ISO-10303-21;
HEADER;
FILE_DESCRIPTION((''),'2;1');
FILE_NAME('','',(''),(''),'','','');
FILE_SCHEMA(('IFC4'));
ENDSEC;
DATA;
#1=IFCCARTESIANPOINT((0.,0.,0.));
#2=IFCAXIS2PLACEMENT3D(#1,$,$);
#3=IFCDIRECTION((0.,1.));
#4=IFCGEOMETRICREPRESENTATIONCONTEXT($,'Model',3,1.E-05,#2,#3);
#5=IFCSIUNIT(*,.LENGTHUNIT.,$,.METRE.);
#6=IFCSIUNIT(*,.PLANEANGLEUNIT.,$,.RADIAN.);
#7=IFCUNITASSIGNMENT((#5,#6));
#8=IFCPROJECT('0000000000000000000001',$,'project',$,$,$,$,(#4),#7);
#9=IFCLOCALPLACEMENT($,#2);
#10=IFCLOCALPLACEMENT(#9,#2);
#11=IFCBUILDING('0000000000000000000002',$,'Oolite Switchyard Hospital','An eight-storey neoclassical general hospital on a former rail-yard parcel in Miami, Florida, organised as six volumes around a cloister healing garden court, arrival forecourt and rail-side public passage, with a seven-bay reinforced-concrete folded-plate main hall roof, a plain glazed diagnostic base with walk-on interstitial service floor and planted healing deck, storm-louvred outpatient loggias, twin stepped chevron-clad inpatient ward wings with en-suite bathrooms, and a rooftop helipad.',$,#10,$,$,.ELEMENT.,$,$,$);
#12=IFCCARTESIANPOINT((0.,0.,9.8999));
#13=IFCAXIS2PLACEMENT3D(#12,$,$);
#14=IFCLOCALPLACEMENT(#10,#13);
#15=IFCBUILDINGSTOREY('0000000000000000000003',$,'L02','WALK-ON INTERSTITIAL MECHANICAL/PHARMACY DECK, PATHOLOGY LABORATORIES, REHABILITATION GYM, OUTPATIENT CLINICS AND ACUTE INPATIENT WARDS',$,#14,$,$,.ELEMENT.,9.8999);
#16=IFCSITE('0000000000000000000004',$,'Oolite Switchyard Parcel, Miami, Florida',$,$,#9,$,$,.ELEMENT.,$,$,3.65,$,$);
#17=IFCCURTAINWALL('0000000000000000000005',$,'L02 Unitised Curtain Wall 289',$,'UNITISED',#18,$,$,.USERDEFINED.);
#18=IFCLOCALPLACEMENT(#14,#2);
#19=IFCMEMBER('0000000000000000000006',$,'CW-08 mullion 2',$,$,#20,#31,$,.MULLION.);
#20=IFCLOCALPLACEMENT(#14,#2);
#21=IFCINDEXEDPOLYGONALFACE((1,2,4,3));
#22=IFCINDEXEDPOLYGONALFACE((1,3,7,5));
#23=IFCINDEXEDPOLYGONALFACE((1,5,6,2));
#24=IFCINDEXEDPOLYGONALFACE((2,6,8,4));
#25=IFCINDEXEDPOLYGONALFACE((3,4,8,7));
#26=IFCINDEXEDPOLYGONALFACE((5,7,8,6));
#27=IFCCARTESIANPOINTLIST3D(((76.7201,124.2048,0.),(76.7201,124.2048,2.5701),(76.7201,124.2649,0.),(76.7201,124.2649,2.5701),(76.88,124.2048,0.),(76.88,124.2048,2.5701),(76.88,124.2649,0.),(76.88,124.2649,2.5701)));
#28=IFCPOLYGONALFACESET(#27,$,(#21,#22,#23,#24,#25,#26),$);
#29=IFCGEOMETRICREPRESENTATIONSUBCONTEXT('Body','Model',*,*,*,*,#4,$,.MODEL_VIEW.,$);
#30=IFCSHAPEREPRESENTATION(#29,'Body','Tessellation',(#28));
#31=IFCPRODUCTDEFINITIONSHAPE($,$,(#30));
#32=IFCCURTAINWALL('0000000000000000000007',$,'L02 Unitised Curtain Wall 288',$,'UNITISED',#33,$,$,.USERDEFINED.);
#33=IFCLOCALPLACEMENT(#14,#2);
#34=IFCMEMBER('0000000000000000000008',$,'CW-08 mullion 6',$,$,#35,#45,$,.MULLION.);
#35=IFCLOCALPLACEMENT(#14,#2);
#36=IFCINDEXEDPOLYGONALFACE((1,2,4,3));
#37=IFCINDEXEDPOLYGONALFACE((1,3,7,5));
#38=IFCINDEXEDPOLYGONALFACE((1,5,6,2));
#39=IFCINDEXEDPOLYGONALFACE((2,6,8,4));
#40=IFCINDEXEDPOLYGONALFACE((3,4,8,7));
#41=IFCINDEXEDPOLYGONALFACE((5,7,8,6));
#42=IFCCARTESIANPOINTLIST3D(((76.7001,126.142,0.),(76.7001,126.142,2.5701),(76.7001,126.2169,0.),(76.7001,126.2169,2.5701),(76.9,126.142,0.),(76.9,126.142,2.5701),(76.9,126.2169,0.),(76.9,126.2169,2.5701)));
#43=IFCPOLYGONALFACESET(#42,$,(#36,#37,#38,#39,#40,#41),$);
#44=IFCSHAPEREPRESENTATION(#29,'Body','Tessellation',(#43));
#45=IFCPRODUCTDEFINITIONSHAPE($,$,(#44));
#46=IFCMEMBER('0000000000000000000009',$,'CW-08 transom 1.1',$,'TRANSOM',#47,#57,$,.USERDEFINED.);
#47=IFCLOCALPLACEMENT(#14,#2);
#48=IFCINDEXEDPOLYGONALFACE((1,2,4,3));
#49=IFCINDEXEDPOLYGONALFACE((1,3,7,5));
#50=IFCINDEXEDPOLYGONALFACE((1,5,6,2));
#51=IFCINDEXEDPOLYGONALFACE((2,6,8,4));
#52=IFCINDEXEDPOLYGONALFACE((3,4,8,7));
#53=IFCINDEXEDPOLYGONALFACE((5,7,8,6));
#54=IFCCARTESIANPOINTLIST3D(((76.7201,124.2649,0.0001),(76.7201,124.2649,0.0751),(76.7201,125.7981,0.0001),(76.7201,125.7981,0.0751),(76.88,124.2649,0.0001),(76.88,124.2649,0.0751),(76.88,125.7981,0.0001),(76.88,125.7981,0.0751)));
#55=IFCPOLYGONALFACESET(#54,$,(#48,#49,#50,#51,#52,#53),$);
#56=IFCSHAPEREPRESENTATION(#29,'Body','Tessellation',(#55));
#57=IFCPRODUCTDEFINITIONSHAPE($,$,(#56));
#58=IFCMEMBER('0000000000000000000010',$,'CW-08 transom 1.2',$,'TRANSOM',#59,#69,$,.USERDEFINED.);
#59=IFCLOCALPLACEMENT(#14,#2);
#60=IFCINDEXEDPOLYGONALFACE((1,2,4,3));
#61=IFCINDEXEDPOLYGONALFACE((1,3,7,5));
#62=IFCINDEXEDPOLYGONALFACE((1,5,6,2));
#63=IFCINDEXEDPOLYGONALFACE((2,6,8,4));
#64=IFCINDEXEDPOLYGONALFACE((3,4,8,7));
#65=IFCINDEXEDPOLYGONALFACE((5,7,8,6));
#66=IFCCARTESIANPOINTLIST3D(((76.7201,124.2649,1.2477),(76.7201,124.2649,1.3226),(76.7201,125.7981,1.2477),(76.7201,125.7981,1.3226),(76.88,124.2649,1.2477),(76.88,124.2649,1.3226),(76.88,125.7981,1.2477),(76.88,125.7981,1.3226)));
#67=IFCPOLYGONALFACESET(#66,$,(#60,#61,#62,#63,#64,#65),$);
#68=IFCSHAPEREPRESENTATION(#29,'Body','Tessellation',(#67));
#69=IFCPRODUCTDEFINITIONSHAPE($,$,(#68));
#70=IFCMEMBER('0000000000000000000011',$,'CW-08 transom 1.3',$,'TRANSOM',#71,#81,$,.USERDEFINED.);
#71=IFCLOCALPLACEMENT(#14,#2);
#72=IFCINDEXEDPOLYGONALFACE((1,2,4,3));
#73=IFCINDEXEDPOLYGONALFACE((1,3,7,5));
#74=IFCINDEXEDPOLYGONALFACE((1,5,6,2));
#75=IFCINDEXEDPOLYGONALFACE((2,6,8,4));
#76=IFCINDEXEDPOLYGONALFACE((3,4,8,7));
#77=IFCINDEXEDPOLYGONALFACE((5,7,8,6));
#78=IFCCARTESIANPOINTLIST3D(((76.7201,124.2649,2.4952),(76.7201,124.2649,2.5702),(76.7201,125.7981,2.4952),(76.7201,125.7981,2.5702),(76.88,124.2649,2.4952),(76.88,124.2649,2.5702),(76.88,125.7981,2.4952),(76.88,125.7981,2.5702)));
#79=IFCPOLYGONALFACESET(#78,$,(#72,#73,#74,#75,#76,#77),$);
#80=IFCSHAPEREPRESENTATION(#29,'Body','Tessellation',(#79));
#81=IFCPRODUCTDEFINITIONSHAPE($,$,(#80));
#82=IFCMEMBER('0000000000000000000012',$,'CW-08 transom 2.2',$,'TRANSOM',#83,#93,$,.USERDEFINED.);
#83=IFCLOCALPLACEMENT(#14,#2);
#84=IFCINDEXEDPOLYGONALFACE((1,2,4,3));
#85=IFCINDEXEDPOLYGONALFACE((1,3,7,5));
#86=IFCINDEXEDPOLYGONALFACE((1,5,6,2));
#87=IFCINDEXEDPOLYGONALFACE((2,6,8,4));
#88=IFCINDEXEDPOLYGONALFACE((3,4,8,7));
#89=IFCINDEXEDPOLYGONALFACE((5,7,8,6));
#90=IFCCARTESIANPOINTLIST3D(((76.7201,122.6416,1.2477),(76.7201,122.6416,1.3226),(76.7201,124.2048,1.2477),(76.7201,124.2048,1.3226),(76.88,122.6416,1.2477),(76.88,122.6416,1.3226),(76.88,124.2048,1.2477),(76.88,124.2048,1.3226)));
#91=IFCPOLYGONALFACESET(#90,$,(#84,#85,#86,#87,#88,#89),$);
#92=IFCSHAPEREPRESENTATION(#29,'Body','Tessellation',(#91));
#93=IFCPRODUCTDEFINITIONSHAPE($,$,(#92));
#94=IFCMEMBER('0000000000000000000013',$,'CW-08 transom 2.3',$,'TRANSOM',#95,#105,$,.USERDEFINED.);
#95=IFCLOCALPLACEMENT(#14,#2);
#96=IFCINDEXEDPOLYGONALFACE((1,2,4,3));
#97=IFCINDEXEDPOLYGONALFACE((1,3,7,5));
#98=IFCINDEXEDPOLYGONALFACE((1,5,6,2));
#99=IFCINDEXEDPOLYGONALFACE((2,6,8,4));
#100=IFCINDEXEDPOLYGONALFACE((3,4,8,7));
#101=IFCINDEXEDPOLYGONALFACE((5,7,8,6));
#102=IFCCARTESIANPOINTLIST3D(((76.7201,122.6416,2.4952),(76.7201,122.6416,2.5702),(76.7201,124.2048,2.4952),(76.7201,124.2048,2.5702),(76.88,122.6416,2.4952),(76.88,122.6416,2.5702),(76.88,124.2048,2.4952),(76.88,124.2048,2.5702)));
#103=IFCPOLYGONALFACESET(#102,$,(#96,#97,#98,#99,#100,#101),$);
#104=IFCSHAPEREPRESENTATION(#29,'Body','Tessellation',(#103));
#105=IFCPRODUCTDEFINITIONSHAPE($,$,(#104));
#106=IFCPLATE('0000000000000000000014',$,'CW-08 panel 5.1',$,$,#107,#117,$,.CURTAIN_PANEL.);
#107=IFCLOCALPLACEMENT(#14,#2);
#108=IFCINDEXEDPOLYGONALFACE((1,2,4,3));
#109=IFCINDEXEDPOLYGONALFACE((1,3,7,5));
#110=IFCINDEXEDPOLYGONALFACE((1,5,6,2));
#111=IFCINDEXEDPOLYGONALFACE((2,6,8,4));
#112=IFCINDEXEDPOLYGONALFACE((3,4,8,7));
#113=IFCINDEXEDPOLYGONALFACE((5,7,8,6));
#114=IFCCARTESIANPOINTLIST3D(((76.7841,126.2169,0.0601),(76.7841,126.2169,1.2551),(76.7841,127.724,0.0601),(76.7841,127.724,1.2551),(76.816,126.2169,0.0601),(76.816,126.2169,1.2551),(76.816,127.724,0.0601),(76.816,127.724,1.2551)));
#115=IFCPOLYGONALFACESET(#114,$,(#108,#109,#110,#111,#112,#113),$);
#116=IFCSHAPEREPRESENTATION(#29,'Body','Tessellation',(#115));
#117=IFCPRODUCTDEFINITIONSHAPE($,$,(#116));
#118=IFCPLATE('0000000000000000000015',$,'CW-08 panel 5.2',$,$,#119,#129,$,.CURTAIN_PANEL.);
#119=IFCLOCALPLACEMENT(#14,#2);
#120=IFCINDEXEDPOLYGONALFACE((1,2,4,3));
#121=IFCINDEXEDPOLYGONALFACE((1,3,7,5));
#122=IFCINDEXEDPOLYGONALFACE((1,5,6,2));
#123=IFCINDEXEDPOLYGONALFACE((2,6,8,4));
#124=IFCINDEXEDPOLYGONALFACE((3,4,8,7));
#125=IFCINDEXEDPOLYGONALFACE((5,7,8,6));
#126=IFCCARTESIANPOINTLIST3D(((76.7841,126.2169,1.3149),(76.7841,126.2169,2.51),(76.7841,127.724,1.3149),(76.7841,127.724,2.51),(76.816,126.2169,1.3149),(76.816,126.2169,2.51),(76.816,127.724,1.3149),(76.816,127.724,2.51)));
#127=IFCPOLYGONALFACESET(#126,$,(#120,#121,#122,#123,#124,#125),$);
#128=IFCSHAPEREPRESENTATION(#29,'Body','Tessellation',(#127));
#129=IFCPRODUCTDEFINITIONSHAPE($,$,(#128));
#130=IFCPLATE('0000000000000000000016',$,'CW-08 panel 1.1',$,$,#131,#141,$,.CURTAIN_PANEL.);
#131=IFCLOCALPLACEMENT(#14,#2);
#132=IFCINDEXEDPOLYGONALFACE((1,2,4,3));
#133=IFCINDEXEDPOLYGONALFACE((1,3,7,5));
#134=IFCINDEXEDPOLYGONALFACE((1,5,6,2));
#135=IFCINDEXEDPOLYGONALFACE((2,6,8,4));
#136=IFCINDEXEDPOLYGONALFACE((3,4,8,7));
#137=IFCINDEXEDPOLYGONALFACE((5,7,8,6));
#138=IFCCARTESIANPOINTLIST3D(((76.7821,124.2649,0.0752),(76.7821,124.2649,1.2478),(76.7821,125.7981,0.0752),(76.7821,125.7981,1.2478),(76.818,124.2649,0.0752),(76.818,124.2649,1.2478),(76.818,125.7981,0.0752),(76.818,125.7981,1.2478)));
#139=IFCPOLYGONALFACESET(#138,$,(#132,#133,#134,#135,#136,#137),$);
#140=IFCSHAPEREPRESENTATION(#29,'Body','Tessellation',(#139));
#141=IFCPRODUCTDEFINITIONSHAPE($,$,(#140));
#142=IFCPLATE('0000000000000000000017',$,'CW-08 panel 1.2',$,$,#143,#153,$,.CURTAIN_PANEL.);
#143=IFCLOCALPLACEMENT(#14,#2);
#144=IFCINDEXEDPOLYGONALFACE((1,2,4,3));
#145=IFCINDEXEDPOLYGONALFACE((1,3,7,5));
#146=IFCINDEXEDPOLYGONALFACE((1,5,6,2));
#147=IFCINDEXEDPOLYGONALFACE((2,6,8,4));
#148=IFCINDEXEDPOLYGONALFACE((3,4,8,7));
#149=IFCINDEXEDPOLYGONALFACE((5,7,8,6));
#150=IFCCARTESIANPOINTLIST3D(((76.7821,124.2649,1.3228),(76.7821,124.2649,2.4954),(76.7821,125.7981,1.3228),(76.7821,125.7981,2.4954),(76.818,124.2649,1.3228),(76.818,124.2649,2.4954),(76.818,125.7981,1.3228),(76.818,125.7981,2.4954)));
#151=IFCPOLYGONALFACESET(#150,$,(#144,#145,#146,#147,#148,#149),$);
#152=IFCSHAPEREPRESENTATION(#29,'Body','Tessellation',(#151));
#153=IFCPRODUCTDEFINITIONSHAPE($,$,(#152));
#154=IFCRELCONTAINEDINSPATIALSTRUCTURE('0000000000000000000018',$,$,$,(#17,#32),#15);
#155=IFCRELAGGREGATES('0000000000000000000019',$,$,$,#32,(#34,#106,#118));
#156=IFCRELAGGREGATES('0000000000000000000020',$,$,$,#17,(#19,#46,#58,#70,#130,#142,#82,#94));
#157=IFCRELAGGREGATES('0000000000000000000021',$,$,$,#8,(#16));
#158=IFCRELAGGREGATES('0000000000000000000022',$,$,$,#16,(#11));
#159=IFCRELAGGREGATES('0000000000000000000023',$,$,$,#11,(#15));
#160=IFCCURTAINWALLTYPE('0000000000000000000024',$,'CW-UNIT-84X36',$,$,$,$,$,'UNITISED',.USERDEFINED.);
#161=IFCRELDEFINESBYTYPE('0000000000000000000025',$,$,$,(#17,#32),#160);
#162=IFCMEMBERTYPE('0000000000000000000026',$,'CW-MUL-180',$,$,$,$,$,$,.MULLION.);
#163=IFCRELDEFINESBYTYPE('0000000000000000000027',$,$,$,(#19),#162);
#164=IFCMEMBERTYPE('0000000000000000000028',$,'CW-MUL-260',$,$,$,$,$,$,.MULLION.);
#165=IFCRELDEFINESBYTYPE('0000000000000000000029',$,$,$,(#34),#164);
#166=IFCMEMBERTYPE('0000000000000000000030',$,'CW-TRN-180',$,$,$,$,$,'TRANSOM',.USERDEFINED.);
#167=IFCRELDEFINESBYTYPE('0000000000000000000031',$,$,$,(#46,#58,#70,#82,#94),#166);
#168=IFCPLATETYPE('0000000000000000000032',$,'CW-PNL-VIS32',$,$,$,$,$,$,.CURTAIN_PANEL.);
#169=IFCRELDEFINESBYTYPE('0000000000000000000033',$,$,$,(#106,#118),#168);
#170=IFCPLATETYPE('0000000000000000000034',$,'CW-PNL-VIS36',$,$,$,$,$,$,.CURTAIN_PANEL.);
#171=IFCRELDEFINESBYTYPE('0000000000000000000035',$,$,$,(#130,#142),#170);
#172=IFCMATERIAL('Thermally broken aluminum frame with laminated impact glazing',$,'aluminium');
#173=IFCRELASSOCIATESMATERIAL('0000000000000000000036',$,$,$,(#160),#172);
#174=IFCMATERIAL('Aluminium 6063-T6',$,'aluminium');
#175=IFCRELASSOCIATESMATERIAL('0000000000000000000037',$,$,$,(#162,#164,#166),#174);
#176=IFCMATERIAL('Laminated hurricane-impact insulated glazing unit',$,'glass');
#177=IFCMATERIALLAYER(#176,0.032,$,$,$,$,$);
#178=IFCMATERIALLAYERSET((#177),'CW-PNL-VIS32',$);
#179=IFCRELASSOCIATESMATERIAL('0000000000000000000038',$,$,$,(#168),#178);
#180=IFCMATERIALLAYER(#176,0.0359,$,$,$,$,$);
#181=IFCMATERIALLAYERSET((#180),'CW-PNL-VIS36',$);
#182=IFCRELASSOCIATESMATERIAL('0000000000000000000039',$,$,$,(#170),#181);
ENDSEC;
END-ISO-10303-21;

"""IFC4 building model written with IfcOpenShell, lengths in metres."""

from ifc_helpers import new_model, si_unit, direction, frame, origin, origin_2d, place, context, subcontext, project, spatial, rectangle, extrude, material, layer, layer_set, material_profile, profile_set, type_object, element, aggregate, save


model = new_model("IFC4")

# Units and contexts
model_context = context("Model", 3, precision=1e-05, world=origin(), true_north=direction((0.0, 1.0)))
body_context = subcontext(model_context, "Body", "Model", "MODEL_VIEW")
ifc_project = project(units=[si_unit("LENGTHUNIT", "METRE"), si_unit("PLANEANGLEUNIT", "RADIAN")], contexts=[model_context])

# Site, building, storey
site_placement = place(None, origin())
site = spatial("IfcSite", under=ifc_project, at=site_placement, Name="Oolite Switchyard Parcel, Miami, Florida", CompositionType="ELEMENT", RefElevation=3.65)
building_placement = place(site_placement, origin())
building = spatial("IfcBuilding", under=site, at=building_placement, Name="Oolite Switchyard Hospital", Description="An eight-storey neoclassical general hospital on a former rail-yard parcel in Miami, Florida, organised as six volumes around a cloister healing garden court, arrival forecourt and rail-side public passage, with a seven-bay reinforced-concrete folded-plate main hall roof, a plain glazed diagnostic base with walk-on interstitial service floor and planted healing deck, storm-louvred outpatient loggias, twin stepped chevron-clad inpatient ward wings with en-suite bathrooms, and a rooftop helipad.", CompositionType="ELEMENT")
storey_placement = place(building_placement, frame((0.0, 0.0, 9.8999)))
storey = spatial("IfcBuildingStorey", under=building, at=storey_placement, Name="L02", Description="WALK-ON INTERSTITIAL MECHANICAL/PHARMACY DECK, PATHOLOGY LABORATORIES, REHABILITATION GYM, OUTPATIENT CLINICS AND ACUTE INPATIENT WARDS", CompositionType="ELEMENT", Elevation=9.8999)

# Curtain wall, member
ifc_material_1 = material(Name="Thermally broken aluminum frame with laminated impact glazing", Category="aluminium")
curtain_wall_type = type_object("IfcCurtainWallType", Name="CW-UNIT-84X36", ElementType="UNITISED", PredefinedType="USERDEFINED", material=ifc_material_1)
curtain_wall_1_placement = place(storey_placement, origin())
curtain_wall_1 = element("IfcCurtainWall", 1, at=curtain_wall_1_placement, inside=storey, type_object=curtain_wall_type, Name="L02 Unitised Curtain Wall 289", ObjectType="UNITISED", PredefinedType="USERDEFINED")
ifc_material_2 = material(Name="Aluminium 6063-T6", Category="aluminium")
ifc_material_profile_1 = material_profile(ifc_material_2, rectangle(XDim=0.1599, YDim=0.0601, at=origin_2d()), Name="CWM60X160")
ifc_profile_set_1 = profile_set([ifc_material_profile_1], Name="Aluminium 6063-T6")
member_type_1 = type_object("IfcMemberType", Name="CW-MUL-180", PredefinedType="MULLION", material=ifc_profile_set_1)
member_1_placement = place(storey_placement, frame((76.8, 124.2349, 0.0), z_axis=(0.0, 0.0, 1.0), x_axis=(1.0, 0.0, 0.0)))
member_1 = element("IfcMember", 2, at=member_1_placement, type_object=member_type_1, Name="CW-08 mullion 2", PredefinedType="MULLION", context=body_context, shape_type="SweptSolid", body=[
    extrude(rectangle(XDim=0.1599, YDim=0.0601, at=origin_2d()), origin(), (0.0, 0.0, 1.0), 2.5701),
])

# Curtain wall, member
curtain_wall_2_placement = place(storey_placement, origin())
curtain_wall_2 = element("IfcCurtainWall", 3, at=curtain_wall_2_placement, inside=storey, type_object=curtain_wall_type, Name="L02 Unitised Curtain Wall 288", ObjectType="UNITISED", PredefinedType="USERDEFINED")
ifc_material_profile_2 = material_profile(ifc_material_2, rectangle(XDim=0.2, YDim=0.075, at=origin_2d()), Name="CWM75X200")
ifc_profile_set_2 = profile_set([ifc_material_profile_2], Name="Aluminium 6063-T6")
member_type_2 = type_object("IfcMemberType", Name="CW-MUL-260", PredefinedType="MULLION", material=ifc_profile_set_2)
member_2_placement = place(storey_placement, frame((76.8, 126.1794, 0.0), z_axis=(0.0, 0.0, 1.0), x_axis=(1.0, 0.0, 0.0)))
member_2 = element("IfcMember", 4, at=member_2_placement, type_object=member_type_2, Name="CW-08 mullion 6", PredefinedType="MULLION", context=body_context, shape_type="SweptSolid", body=[
    extrude(rectangle(XDim=0.2, YDim=0.075, at=origin_2d()), origin(), (0.0, 0.0, 1.0), 2.5701),
])

# Members
ifc_material_profile_3 = material_profile(ifc_material_2, rectangle(XDim=0.1599, YDim=0.075, at=origin_2d()), Name="CWT75X160")
ifc_profile_set_3 = profile_set([ifc_material_profile_3], Name="Aluminium 6063-T6")
member_type_3 = type_object("IfcMemberType", Name="CW-TRN-180", ElementType="TRANSOM", PredefinedType="USERDEFINED", material=ifc_profile_set_3)
member_3_placement = place(storey_placement, frame((76.8, 125.7981, 0.0376), z_axis=(0.0, -1.0, 0.0), x_axis=(1.0, 0.0, 0.0)))
member_3 = element("IfcMember", 5, at=member_3_placement, type_object=member_type_3, Name="CW-08 transom 1.1", ObjectType="TRANSOM", PredefinedType="USERDEFINED", context=body_context, shape_type="SweptSolid", body=[
    extrude(rectangle(XDim=0.1599, YDim=0.075, at=origin_2d()), origin(), (0.0, 0.0, 1.0), 1.5332),
])
member_4_placement = place(storey_placement, frame((76.8, 125.7981, 1.2852), z_axis=(0.0, -1.0, 0.0), x_axis=(1.0, 0.0, 0.0)))
member_4 = element("IfcMember", 6, at=member_4_placement, type_object=member_type_3, Name="CW-08 transom 1.2", ObjectType="TRANSOM", PredefinedType="USERDEFINED", context=body_context, shape_type="SweptSolid", body=[
    extrude(rectangle(XDim=0.1599, YDim=0.075, at=origin_2d()), origin(), (0.0, 0.0, 1.0), 1.5332),
])
member_5_placement = place(storey_placement, frame((76.8, 125.7981, 2.5327), z_axis=(0.0, -1.0, 0.0), x_axis=(1.0, 0.0, 0.0)))
member_5 = element("IfcMember", 7, at=member_5_placement, type_object=member_type_3, Name="CW-08 transom 1.3", ObjectType="TRANSOM", PredefinedType="USERDEFINED", context=body_context, shape_type="SweptSolid", body=[
    extrude(rectangle(XDim=0.1599, YDim=0.075, at=origin_2d()), origin(), (0.0, 0.0, 1.0), 1.5332),
])
member_6_placement = place(storey_placement, frame((76.8, 124.2048, 1.2852), z_axis=(0.0, -1.0, 0.0), x_axis=(1.0, 0.0, 0.0)))
member_6 = element("IfcMember", 8, at=member_6_placement, type_object=member_type_3, Name="CW-08 transom 2.2", ObjectType="TRANSOM", PredefinedType="USERDEFINED", context=body_context, shape_type="SweptSolid", body=[
    extrude(rectangle(XDim=0.1599, YDim=0.075, at=origin_2d()), origin(), (0.0, 0.0, 1.0), 1.5632),
])
member_7_placement = place(storey_placement, frame((76.8, 124.2048, 2.5327), z_axis=(0.0, -1.0, 0.0), x_axis=(1.0, 0.0, 0.0)))
member_7 = element("IfcMember", 9, at=member_7_placement, type_object=member_type_3, Name="CW-08 transom 2.3", ObjectType="TRANSOM", PredefinedType="USERDEFINED", context=body_context, shape_type="SweptSolid", body=[
    extrude(rectangle(XDim=0.1599, YDim=0.075, at=origin_2d()), origin(), (0.0, 0.0, 1.0), 1.5632),
])

# Plates
ifc_material_3 = material(Name="Laminated hurricane-impact insulated glazing unit", Category="glass")
ifc_layer_1 = layer(ifc_material_3, 0.032)
ifc_layer_set_1 = layer_set([ifc_layer_1], Name="CW-PNL-VIS32")
plate_type_1 = type_object("IfcPlateType", Name="CW-PNL-VIS32", PredefinedType="CURTAIN_PANEL", material=ifc_layer_set_1)
plate_1_placement = place(storey_placement, frame((76.8, 126.9705, 0.0601), z_axis=(0.0, 0.0, 1.0), x_axis=(0.0, -1.0, 0.0)))
plate_1 = element("IfcPlate", 10, at=plate_1_placement, type_object=plate_type_1, Name="CW-08 panel 5.1", PredefinedType="CURTAIN_PANEL", context=body_context, shape_type="SweptSolid", body=[
    extrude(rectangle(XDim=1.5071, YDim=0.032, at=origin_2d()), origin(), (0.0, 0.0, 1.0), 1.1951),
])
plate_2_placement = place(storey_placement, frame((76.8, 126.9705, 1.3149), z_axis=(0.0, 0.0, 1.0), x_axis=(0.0, -1.0, 0.0)))
plate_2 = element("IfcPlate", 11, at=plate_2_placement, type_object=plate_type_1, Name="CW-08 panel 5.2", PredefinedType="CURTAIN_PANEL", context=body_context, shape_type="SweptSolid", body=[
    extrude(rectangle(XDim=1.5071, YDim=0.032, at=origin_2d()), origin(), (0.0, 0.0, 1.0), 1.1951),
])
aggregate(curtain_wall_2, [member_2, plate_1, plate_2])
ifc_layer_2 = layer(ifc_material_3, 0.0359)
ifc_layer_set_2 = layer_set([ifc_layer_2], Name="CW-PNL-VIS36")
plate_type_2 = type_object("IfcPlateType", Name="CW-PNL-VIS36", PredefinedType="CURTAIN_PANEL", material=ifc_layer_set_2)
plate_3_placement = place(storey_placement, frame((76.8, 125.0315, 0.0752), z_axis=(0.0, 0.0, 1.0), x_axis=(0.0, -1.0, 0.0)))
plate_3 = element("IfcPlate", 12, at=plate_3_placement, type_object=plate_type_2, Name="CW-08 panel 1.1", PredefinedType="CURTAIN_PANEL", context=body_context, shape_type="SweptSolid", body=[
    extrude(rectangle(XDim=1.5332, YDim=0.0359, at=origin_2d()), origin(), (0.0, 0.0, 1.0), 1.1726),
])
plate_4_placement = place(storey_placement, frame((76.8, 125.0315, 1.3228), z_axis=(0.0, 0.0, 1.0), x_axis=(0.0, -1.0, 0.0)))
plate_4 = element("IfcPlate", 13, at=plate_4_placement, type_object=plate_type_2, Name="CW-08 panel 1.2", PredefinedType="CURTAIN_PANEL", context=body_context, shape_type="SweptSolid", body=[
    extrude(rectangle(XDim=1.5332, YDim=0.0359, at=origin_2d()), origin(), (0.0, 0.0, 1.0), 1.1726),
])
aggregate(curtain_wall_1, [member_1, member_3, member_4, member_5, plate_3, plate_4, member_6, member_7])

save(model, "model.ifc")
